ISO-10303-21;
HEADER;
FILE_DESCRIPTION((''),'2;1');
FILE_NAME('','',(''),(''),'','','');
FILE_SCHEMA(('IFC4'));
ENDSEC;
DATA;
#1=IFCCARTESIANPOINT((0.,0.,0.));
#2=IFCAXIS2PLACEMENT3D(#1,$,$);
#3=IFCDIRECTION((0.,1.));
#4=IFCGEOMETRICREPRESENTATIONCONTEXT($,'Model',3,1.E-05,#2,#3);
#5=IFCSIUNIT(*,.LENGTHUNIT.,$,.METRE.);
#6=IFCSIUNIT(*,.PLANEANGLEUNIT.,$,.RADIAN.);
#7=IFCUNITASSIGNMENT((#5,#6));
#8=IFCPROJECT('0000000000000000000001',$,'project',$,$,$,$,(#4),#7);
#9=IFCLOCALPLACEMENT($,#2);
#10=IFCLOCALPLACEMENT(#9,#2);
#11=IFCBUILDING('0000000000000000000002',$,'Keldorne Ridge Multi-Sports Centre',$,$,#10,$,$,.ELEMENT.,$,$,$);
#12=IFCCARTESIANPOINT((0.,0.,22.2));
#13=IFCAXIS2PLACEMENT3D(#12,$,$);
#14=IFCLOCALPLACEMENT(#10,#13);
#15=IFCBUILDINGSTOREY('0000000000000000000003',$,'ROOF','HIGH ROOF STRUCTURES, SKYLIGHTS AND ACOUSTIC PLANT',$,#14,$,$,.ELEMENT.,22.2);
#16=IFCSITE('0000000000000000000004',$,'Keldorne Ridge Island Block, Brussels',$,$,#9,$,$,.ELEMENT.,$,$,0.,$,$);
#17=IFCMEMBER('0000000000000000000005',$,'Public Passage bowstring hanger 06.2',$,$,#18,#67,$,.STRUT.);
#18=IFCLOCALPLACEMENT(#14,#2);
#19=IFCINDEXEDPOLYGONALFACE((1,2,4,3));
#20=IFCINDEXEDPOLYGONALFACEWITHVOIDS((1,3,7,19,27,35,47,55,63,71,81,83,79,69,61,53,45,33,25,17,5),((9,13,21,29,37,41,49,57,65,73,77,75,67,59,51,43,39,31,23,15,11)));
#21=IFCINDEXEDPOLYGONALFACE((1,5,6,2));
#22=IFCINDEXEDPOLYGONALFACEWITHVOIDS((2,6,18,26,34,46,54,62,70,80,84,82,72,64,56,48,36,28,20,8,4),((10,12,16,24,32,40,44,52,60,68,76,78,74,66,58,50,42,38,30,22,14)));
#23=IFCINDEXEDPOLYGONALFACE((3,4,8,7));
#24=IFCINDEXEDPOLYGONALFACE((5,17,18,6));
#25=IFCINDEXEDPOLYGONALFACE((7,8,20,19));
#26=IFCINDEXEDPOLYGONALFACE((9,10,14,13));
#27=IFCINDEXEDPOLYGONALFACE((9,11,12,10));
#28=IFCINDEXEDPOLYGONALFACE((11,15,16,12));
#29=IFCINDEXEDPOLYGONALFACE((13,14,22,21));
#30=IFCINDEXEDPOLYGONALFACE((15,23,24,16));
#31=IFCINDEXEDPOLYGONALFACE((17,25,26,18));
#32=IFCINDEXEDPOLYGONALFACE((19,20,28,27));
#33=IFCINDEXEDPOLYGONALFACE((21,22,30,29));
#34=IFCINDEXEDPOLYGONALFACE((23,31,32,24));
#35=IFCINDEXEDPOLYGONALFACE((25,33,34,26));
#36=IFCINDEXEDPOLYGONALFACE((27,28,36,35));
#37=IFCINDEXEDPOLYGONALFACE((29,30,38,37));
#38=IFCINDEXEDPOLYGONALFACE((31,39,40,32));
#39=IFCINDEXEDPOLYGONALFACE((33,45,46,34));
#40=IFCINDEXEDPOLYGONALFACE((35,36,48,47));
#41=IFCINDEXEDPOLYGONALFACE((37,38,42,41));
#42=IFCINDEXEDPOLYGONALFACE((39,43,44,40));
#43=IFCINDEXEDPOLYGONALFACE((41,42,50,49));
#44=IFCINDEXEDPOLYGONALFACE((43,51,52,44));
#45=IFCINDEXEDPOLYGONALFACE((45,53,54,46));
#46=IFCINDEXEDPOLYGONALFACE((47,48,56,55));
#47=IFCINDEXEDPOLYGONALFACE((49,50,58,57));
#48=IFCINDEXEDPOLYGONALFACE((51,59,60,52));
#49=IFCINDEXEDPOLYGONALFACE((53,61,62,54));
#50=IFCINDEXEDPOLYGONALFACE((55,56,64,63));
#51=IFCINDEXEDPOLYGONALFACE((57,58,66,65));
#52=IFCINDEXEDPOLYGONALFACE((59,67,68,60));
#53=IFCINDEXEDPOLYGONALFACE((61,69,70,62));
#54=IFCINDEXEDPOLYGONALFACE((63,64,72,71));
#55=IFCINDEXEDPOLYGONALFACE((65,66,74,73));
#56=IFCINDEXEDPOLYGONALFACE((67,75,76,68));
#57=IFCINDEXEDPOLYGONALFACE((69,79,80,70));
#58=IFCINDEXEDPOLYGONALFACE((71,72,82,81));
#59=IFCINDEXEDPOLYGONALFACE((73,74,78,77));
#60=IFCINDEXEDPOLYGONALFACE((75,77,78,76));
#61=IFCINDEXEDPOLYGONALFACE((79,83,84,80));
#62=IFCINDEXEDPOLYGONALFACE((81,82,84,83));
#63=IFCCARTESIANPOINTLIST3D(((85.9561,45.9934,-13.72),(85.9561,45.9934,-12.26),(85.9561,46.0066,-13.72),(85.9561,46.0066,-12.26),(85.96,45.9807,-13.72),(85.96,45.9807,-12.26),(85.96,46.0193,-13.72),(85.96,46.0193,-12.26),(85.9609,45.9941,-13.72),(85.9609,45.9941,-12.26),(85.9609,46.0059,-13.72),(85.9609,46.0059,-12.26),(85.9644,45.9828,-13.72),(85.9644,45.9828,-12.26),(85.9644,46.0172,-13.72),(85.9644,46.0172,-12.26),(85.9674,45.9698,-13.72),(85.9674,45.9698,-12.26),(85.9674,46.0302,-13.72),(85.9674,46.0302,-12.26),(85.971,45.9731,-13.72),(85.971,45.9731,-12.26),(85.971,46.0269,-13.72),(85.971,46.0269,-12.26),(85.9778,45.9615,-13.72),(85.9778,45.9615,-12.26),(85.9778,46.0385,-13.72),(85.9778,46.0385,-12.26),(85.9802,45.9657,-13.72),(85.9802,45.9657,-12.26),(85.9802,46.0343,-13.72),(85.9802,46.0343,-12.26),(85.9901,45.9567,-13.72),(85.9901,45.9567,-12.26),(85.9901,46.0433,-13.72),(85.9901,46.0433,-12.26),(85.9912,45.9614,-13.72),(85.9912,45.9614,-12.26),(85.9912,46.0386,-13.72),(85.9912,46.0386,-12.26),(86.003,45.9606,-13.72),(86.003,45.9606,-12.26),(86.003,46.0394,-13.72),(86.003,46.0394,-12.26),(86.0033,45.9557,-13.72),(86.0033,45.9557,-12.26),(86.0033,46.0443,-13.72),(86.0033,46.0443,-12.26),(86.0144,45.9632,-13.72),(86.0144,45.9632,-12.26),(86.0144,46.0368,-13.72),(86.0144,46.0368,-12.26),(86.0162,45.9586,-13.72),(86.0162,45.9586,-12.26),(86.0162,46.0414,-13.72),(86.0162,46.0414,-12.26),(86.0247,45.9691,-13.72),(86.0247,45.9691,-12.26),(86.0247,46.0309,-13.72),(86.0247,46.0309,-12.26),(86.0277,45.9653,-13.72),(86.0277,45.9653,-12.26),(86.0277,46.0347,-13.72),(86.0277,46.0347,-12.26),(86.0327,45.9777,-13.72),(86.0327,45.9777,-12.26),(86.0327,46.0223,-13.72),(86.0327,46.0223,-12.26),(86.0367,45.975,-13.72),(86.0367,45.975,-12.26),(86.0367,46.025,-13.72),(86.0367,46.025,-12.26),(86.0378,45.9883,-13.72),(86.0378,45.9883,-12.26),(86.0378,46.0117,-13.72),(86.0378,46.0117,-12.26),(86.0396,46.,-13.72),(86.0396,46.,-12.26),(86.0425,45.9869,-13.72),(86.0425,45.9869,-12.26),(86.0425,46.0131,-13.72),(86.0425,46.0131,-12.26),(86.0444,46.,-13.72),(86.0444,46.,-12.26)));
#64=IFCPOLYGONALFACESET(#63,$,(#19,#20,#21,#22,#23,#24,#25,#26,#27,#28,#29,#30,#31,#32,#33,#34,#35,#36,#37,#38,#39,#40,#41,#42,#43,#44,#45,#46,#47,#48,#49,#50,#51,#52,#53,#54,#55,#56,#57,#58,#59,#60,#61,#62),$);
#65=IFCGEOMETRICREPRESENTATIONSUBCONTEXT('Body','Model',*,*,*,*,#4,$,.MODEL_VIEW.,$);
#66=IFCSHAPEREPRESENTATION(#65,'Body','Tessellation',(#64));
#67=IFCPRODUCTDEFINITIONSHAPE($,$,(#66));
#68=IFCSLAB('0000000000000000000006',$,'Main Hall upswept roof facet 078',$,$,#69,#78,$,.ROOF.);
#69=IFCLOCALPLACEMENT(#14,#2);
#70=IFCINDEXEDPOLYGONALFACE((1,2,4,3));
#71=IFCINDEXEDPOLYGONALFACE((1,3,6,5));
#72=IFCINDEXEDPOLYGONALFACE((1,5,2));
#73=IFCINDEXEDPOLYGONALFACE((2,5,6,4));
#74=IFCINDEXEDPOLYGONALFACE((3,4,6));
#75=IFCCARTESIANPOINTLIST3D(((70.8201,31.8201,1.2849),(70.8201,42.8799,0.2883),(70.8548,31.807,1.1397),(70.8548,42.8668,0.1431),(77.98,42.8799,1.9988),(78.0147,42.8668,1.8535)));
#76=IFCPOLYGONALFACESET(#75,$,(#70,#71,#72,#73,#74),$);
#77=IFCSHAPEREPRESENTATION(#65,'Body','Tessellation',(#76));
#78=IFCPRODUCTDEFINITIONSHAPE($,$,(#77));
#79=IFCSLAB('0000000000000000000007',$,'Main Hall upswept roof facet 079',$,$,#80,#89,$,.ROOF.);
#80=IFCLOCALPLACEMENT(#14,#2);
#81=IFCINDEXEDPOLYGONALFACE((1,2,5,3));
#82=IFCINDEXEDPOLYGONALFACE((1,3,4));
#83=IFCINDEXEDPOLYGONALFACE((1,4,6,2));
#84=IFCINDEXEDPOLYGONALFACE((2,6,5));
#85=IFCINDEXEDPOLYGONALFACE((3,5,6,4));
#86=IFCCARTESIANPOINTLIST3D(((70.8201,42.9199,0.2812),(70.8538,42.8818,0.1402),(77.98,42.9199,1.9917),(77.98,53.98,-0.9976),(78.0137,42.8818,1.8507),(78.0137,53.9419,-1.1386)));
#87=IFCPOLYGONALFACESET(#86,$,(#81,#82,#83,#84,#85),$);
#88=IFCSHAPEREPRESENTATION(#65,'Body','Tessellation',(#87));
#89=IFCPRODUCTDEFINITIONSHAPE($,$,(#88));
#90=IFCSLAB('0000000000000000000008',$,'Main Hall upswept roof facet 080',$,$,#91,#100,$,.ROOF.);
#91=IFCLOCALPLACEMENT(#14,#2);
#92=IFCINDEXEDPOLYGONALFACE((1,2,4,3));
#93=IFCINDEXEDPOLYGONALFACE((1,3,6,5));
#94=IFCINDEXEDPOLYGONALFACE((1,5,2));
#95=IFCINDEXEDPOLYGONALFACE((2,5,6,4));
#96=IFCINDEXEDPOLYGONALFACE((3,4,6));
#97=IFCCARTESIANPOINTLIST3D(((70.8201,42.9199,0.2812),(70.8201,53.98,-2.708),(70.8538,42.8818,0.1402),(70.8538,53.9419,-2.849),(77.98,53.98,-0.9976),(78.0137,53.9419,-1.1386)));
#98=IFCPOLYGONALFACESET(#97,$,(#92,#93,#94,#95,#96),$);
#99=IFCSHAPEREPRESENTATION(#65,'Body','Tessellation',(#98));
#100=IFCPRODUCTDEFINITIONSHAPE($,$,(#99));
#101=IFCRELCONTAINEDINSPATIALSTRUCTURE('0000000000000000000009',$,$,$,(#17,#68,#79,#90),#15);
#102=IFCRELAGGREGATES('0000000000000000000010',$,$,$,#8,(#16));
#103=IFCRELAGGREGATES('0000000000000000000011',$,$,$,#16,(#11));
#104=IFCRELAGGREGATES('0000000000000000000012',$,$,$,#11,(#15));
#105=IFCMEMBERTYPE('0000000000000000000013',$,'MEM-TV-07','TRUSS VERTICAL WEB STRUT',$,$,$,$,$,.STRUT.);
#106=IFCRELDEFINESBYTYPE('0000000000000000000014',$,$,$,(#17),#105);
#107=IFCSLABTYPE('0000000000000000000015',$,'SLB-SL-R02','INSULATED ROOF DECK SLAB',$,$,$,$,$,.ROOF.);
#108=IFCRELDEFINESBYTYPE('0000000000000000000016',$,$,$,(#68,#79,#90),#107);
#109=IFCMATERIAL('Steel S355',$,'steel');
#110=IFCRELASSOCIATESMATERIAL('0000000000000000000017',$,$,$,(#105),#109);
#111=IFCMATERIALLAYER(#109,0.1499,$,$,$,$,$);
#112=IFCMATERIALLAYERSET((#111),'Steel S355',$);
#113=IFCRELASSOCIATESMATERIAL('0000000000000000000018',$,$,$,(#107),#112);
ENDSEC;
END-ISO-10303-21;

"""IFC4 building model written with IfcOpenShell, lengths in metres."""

from ifc_helpers import new_model, si_unit, direction, frame, origin, origin_2d, place, context, subcontext, project, spatial, polyline, hollow_circle, outline, extrude, material, layer, layer_set, material_profile, profile_set, type_object, element, save


model = new_model("IFC4")

# Units and contexts
model_context = context("Model", 3, precision=1e-05, world=origin(), true_north=direction((0.0, 1.0)))
body_context = subcontext(model_context, "Body", "Model", "MODEL_VIEW")
ifc_project = project(units=[si_unit("LENGTHUNIT", "METRE"), si_unit("PLANEANGLEUNIT", "RADIAN")], contexts=[model_context])

# Site, building, storey
site_placement = place(None, origin())
site = spatial("IfcSite", under=ifc_project, at=site_placement, Name="Keldorne Ridge Island Block, Brussels", CompositionType="ELEMENT", RefElevation=0.0)
building_placement = place(site_placement, origin())
building = spatial("IfcBuilding", under=site, at=building_placement, Name="Keldorne Ridge Multi-Sports Centre", CompositionType="ELEMENT")
storey_placement = place(building_placement, frame((0.0, 0.0, 22.2)))
storey = spatial("IfcBuildingStorey", under=building, at=storey_placement, Name="ROOF", Description="HIGH ROOF STRUCTURES, SKYLIGHTS AND ACOUSTIC PLANT", CompositionType="ELEMENT", Elevation=22.2)

# Member
ifc_material = material(Name="Steel S355", Category="steel")
ifc_material_profile_1 = material_profile(ifc_material, hollow_circle(Radius=0.0444, WallThickness=0.0049, at=origin_2d()), Name="CHS 88.9x5")
ifc_profile_set_1 = profile_set([ifc_material_profile_1], Name="Steel S355")
member_type_1 = type_object("IfcMemberType", Name="MEM-TV-07", Description="TRUSS VERTICAL WEB STRUT", PredefinedType="STRUT", material=ifc_profile_set_1)
member_1_placement = place(storey_placement, frame((86.0, 46.0, -13.72), z_axis=(0.0, 0.0, 1.0), x_axis=(1.0, 0.0, 0.0)))
element("IfcMember", 1, at=member_1_placement, inside=storey, type_object=member_type_1, Name="Public Passage bowstring hanger 06.2", PredefinedType="STRUT", context=body_context, shape_type="SweptSolid", body=[
    extrude(hollow_circle(Radius=0.0444, WallThickness=0.0049, at=origin_2d()), origin(), (0.0, 0.0, 1.0), 1.46),
])

# Slabs
ifc_layer = layer(ifc_material, 0.1499)
ifc_layer_set = layer_set([ifc_layer], Name="Steel S355")
slab_type = type_object("IfcSlabType", Name="SLB-SL-R02", Description="INSULATED ROOF DECK SLAB", PredefinedType="ROOF", material=ifc_layer_set)
slab_1_placement = place(storey_placement, frame((70.8201, 31.8201, 1.2849), z_axis=(-0.231467, 0.087308, 0.968917), x_axis=(0.542646, 0.838217, 0.054104)))
element("IfcSlab", 2, at=slab_1_placement, inside=storey, type_object=slab_type, Name="Main Hall upswept roof facet 078", PredefinedType="ROOF", context=body_context, shape_type="SweptSolid", body=[
    extrude(outline(polyline([(0.0, 0.0), (13.1944, 0.0), (9.2166, 6.1941), (0.0, 0.0)])), origin(), (0.0, 0.0, -1.0), 0.1499),
])
slab_2_placement = place(storey_placement, frame((70.8201, 42.9199, 0.2812), z_axis=(-0.224719, 0.25424, 0.940672), x_axis=(0.972631, 0.0, 0.232354)))
element("IfcSlab", 3, at=slab_2_placement, inside=storey, type_object=slab_type, Name="Main Hall upswept roof facet 079", PredefinedType="ROOF", context=body_context, shape_type="SweptSolid", body=[
    extrude(outline(polyline([(0.0, 0.0), (7.3614, 0.0), (6.6668, 11.4358), (0.0, 0.0)])), origin(), (0.0, 0.0, -1.0), 0.1499),
])
slab_3_placement = place(storey_placement, frame((70.8201, 42.9199, 0.2812), z_axis=(-0.224719, 0.25424, 0.940672), x_axis=(0.540892, 0.835526, -0.096607)))
element("IfcSlab", 4, at=slab_3_placement, inside=storey, type_object=slab_type, Name="Main Hall upswept roof facet 080", PredefinedType="ROOF", context=body_context, shape_type="SweptSolid", body=[
    extrude(outline(polyline([(0.0, 0.0), (13.2372, 0.0), (9.5297, 6.3596), (0.0, 0.0)])), origin(), (0.0, 0.0, -1.0), 0.1499),
])

save(model, "model.ifc")
